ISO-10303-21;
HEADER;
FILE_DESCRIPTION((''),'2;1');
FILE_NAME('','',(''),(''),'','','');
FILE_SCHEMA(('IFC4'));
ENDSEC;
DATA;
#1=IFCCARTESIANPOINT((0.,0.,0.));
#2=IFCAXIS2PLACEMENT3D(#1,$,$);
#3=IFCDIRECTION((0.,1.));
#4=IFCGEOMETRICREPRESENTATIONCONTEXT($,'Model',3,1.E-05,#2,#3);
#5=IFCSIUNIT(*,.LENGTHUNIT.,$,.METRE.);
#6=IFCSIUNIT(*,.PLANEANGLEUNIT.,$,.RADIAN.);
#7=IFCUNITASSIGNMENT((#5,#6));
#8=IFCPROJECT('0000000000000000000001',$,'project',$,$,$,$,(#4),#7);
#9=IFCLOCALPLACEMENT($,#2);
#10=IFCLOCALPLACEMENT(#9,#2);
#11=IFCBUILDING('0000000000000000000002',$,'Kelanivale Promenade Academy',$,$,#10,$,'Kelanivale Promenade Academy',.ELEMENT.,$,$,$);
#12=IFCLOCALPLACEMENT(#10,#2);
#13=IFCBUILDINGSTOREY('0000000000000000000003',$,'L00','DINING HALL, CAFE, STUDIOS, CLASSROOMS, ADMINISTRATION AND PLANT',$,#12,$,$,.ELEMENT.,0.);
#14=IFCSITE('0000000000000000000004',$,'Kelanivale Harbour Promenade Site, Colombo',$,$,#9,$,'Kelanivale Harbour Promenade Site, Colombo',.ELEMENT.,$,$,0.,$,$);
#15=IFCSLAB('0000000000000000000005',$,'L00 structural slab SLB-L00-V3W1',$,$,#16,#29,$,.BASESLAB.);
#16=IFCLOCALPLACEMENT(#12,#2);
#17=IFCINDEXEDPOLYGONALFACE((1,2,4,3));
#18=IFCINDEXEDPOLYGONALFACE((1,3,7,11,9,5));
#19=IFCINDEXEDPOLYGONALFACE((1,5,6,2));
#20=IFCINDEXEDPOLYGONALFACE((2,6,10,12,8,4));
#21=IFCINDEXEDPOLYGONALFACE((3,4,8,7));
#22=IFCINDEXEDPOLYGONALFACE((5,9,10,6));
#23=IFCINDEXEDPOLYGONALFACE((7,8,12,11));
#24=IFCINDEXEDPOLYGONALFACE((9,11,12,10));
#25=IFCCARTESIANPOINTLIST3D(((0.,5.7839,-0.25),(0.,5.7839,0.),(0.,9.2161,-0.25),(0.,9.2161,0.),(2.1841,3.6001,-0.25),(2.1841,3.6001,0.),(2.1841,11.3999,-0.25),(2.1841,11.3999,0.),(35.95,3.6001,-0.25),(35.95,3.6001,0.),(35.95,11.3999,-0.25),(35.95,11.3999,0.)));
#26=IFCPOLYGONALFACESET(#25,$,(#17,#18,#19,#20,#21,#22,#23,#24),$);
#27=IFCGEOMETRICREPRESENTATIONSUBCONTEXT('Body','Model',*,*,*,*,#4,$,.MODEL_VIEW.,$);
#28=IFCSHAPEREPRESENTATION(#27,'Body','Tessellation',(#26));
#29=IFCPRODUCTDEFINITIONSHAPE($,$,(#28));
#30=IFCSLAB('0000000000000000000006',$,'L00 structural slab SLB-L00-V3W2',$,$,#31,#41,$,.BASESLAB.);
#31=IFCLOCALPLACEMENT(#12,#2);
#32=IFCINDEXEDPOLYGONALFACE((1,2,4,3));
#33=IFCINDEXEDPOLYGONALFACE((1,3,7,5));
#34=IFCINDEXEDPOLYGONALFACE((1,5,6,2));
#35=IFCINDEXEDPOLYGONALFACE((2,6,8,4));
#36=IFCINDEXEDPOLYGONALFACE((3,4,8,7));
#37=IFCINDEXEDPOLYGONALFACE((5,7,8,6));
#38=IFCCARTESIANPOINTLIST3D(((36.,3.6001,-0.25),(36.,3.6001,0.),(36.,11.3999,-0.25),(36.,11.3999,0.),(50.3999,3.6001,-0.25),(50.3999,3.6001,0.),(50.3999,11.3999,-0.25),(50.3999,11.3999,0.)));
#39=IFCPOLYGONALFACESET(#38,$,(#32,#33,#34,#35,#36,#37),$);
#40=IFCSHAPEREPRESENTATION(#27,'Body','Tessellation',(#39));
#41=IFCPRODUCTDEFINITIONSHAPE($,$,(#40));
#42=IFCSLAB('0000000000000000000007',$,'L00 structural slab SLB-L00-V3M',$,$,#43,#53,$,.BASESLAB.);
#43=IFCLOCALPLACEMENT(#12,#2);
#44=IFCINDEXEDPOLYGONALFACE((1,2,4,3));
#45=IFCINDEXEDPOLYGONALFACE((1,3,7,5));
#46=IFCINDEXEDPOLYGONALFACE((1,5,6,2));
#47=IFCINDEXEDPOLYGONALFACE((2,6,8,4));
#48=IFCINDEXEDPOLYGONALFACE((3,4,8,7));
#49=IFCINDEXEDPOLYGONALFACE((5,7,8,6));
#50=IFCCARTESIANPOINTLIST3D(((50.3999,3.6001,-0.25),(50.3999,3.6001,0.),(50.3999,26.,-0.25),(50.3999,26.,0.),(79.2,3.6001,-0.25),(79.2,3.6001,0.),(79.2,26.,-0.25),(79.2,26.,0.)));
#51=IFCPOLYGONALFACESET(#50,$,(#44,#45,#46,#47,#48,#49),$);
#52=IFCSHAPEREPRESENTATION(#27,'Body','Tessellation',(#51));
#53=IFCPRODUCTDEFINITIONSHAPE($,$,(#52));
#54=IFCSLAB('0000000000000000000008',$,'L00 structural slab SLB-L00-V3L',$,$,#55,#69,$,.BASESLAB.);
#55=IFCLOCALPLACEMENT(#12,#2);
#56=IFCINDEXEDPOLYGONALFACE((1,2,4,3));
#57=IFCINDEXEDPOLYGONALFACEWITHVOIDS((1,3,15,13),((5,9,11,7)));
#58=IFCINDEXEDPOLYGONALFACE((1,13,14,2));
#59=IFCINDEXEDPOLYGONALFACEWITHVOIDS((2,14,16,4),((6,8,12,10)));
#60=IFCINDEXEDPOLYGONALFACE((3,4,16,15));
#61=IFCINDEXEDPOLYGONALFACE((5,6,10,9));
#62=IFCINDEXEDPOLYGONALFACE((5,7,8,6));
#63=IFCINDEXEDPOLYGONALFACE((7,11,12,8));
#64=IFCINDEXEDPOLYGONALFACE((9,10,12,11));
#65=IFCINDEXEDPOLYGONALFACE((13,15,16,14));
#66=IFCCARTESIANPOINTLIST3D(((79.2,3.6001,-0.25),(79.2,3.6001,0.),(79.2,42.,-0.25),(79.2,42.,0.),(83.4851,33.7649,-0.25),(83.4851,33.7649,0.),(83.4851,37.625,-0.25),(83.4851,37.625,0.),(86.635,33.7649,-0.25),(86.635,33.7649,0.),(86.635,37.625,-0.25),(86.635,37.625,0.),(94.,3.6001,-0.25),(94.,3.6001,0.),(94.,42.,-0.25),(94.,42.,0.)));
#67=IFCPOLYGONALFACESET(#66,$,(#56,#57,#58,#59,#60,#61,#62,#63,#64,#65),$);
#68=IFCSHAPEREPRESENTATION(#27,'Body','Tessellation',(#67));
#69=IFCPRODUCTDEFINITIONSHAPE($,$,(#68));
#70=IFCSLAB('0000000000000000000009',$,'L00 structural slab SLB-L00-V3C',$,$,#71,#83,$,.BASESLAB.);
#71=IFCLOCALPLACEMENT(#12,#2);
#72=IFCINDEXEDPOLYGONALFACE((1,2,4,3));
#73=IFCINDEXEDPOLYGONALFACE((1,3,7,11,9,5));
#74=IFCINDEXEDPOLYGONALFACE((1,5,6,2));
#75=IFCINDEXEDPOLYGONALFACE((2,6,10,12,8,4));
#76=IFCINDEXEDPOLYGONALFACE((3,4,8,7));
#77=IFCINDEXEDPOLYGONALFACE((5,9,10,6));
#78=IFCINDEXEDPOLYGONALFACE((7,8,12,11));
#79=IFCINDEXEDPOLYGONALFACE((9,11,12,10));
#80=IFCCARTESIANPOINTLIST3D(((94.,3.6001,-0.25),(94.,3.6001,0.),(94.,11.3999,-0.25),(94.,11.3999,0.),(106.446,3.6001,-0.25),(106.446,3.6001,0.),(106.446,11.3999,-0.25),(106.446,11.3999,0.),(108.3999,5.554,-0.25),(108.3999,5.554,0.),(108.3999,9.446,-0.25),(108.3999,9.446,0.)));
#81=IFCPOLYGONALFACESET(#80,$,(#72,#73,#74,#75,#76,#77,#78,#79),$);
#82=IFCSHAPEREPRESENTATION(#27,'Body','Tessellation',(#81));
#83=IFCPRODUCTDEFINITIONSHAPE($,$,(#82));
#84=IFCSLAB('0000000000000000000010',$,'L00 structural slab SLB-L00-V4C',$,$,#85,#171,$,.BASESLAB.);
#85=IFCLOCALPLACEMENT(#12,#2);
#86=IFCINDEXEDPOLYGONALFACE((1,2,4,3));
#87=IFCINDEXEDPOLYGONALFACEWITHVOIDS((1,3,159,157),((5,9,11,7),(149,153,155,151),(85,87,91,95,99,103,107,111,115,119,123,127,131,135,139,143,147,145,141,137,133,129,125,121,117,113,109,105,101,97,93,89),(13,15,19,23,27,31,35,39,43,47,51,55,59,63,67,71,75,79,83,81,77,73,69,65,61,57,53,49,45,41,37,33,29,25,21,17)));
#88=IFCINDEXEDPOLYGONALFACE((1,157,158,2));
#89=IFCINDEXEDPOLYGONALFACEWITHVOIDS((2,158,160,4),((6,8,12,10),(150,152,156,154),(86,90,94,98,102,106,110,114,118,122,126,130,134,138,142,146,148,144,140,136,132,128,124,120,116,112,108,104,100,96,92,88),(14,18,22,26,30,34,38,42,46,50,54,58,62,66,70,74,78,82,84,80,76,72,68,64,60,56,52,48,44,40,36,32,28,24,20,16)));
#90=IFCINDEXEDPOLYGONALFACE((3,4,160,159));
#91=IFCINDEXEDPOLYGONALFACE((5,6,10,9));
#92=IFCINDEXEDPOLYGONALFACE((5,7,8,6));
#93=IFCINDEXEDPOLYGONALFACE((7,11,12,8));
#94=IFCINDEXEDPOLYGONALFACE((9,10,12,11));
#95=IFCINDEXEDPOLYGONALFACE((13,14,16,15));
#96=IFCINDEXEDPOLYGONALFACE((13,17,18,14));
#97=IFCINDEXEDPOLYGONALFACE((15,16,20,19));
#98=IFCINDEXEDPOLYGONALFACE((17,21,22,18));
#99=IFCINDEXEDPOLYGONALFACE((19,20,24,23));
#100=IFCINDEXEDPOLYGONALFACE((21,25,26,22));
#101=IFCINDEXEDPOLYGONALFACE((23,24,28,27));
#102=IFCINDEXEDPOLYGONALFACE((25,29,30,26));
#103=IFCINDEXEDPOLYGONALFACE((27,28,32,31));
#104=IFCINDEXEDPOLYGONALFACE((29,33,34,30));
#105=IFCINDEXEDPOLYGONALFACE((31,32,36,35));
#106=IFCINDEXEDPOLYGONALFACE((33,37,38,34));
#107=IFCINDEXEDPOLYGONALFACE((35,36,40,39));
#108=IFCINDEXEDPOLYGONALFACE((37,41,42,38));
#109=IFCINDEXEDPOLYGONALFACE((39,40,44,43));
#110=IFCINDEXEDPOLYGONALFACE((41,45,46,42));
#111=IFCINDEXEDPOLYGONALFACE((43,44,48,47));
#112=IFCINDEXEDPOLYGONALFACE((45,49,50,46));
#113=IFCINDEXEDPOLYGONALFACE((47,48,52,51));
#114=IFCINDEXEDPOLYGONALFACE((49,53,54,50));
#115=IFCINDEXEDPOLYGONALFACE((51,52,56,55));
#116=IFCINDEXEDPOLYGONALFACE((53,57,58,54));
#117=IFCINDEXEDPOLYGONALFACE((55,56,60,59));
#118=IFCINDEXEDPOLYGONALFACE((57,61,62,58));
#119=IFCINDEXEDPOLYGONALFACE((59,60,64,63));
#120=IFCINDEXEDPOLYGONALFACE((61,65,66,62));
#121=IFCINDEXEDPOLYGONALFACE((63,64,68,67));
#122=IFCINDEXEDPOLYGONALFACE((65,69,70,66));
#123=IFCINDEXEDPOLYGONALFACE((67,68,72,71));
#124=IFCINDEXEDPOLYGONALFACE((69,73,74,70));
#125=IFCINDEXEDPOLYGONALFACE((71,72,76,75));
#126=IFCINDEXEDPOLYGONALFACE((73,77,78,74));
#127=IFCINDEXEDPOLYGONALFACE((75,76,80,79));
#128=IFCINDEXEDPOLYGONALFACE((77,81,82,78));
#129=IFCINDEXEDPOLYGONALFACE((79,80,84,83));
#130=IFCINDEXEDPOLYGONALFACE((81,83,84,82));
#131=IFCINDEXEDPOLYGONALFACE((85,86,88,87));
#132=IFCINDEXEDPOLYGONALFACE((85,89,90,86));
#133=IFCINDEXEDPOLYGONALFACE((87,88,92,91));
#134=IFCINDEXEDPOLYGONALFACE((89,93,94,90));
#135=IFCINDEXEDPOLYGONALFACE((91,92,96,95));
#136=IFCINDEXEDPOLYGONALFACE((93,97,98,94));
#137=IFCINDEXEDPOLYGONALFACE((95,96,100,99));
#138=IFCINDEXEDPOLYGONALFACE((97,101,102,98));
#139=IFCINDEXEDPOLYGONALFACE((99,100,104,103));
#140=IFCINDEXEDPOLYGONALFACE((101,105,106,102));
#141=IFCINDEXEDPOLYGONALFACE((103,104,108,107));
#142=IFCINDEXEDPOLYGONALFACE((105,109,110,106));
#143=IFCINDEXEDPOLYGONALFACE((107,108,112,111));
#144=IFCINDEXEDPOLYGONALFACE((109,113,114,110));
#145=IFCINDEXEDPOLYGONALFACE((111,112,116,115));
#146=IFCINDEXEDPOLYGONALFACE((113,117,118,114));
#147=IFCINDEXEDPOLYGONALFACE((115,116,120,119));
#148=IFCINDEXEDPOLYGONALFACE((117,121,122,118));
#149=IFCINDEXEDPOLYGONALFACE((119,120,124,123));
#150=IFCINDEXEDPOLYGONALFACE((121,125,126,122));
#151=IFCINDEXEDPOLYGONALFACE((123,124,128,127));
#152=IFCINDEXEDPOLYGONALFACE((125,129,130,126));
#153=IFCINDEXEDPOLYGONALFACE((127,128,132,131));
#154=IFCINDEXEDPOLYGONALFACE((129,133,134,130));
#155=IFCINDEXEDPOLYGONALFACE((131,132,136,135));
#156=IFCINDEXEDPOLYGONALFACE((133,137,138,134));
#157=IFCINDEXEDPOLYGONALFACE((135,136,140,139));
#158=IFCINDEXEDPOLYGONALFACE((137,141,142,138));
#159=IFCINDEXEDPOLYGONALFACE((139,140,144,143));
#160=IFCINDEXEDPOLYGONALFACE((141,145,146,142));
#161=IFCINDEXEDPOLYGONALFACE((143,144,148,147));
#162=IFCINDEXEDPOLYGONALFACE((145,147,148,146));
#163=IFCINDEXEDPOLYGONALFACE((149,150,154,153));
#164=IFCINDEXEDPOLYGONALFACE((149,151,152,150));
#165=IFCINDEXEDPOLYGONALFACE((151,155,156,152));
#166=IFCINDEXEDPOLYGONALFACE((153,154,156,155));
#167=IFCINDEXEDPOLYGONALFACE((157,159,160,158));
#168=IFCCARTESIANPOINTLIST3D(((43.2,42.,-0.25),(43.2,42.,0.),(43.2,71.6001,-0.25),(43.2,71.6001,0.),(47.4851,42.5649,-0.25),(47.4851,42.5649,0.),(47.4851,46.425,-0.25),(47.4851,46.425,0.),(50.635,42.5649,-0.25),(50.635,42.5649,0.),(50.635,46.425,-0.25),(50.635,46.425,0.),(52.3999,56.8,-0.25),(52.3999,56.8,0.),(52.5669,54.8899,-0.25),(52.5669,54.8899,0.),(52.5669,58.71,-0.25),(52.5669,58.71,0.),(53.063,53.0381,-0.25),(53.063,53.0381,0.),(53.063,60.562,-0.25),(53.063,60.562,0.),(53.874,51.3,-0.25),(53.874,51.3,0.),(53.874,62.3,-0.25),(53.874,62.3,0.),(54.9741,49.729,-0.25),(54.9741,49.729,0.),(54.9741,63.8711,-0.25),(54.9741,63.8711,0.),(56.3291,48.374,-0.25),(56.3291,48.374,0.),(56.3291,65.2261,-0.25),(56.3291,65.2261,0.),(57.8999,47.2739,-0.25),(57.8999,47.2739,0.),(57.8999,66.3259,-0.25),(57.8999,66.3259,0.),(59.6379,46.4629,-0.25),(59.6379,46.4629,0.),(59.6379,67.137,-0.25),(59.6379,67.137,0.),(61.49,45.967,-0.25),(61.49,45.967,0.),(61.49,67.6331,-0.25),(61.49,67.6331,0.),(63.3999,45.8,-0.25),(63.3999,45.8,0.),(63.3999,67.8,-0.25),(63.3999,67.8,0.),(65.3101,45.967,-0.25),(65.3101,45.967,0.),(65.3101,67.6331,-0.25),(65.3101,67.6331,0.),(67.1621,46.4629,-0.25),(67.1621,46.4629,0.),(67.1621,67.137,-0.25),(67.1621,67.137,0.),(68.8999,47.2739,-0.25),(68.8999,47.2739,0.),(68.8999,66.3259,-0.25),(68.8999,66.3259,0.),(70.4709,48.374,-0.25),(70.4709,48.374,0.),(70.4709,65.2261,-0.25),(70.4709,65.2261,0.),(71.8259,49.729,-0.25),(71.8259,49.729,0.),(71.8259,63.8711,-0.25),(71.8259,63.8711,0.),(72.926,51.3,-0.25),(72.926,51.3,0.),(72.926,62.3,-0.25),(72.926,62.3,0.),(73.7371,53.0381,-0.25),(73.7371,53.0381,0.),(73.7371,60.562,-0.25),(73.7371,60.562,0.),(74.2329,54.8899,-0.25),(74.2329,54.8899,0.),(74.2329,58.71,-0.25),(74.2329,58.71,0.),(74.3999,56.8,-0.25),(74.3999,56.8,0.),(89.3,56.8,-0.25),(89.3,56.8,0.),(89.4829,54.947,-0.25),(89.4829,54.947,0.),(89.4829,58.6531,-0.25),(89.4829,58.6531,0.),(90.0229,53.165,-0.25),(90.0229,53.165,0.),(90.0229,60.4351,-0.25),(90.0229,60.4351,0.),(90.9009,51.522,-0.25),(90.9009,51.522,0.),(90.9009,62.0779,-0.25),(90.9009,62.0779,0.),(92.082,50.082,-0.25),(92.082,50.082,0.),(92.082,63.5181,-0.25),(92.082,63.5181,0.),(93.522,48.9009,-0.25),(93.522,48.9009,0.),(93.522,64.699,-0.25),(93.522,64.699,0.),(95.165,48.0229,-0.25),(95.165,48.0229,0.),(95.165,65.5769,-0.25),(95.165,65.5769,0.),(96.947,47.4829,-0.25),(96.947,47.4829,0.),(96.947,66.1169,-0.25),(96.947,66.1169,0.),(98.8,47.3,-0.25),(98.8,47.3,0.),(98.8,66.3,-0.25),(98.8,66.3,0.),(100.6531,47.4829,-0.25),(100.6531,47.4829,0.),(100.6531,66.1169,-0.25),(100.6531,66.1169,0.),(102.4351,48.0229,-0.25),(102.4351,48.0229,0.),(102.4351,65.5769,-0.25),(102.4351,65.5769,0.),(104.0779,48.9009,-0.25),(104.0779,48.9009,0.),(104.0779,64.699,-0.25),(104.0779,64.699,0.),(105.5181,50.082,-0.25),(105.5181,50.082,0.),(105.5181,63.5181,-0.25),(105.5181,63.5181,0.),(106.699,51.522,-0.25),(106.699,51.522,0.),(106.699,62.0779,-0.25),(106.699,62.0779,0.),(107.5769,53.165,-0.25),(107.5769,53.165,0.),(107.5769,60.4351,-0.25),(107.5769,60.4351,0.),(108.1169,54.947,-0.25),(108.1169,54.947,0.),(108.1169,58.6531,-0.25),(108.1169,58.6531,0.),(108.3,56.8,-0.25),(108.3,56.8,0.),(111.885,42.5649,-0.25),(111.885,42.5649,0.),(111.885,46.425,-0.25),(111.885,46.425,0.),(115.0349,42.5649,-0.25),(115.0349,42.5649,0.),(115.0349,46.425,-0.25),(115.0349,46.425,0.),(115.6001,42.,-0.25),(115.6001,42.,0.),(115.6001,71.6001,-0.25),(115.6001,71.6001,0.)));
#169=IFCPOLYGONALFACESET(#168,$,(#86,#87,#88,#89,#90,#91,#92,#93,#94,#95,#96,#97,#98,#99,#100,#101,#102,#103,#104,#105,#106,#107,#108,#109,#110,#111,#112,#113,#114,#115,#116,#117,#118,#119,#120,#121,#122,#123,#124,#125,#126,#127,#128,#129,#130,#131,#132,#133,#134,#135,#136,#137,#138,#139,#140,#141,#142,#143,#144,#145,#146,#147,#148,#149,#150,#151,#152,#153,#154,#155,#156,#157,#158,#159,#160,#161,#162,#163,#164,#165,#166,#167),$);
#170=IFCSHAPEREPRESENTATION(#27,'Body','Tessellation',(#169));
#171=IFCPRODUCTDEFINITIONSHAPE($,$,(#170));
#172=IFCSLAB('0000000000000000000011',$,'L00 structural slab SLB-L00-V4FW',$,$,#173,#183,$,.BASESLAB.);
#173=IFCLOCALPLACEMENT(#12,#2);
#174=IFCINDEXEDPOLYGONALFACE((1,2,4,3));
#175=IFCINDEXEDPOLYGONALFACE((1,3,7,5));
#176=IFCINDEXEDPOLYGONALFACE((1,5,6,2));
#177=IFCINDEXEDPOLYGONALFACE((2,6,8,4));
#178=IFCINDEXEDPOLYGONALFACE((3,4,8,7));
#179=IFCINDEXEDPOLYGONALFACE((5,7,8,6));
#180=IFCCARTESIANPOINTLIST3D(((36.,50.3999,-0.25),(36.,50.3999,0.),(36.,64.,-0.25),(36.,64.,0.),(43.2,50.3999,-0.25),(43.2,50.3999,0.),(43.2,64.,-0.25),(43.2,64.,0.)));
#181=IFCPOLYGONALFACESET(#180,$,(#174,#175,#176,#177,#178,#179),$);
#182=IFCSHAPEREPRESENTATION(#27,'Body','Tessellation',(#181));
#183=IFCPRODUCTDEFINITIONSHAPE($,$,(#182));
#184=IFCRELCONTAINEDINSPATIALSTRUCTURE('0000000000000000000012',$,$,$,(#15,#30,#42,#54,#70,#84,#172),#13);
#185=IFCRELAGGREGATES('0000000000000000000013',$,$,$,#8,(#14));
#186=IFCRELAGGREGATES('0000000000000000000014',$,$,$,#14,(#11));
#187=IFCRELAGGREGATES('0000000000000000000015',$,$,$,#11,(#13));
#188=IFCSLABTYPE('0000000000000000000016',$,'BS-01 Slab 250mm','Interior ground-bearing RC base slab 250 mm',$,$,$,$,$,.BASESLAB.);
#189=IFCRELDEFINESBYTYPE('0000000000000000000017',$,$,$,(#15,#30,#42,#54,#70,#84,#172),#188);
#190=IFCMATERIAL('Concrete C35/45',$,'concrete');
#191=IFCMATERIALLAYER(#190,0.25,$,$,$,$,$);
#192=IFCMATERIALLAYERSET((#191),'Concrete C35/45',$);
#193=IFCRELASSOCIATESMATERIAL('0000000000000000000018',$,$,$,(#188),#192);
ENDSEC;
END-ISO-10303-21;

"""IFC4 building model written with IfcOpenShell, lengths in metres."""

from ifc_helpers import new_model, si_unit, direction, frame, origin, place, context, subcontext, project, spatial, polyline, outline, extrude, material, layer, layer_set, type_object, element, save


model = new_model("IFC4")

# Units and contexts
model_context = context("Model", 3, precision=1e-05, world=origin(), true_north=direction((0.0, 1.0)))
body_context = subcontext(model_context, "Body", "Model", "MODEL_VIEW")
ifc_project = project(units=[si_unit("LENGTHUNIT", "METRE"), si_unit("PLANEANGLEUNIT", "RADIAN")], contexts=[model_context])

# Site, building, storey
site_placement = place(None, origin())
site = spatial("IfcSite", under=ifc_project, at=site_placement, Name="Kelanivale Harbour Promenade Site, Colombo", LongName="Kelanivale Harbour Promenade Site, Colombo", CompositionType="ELEMENT", RefElevation=0.0)
building_placement = place(site_placement, origin())
building = spatial("IfcBuilding", under=site, at=building_placement, Name="Kelanivale Promenade Academy", LongName="Kelanivale Promenade Academy", CompositionType="ELEMENT")
storey_placement = place(building_placement, origin())
storey = spatial("IfcBuildingStorey", under=building, at=storey_placement, Name="L00", Description="DINING HALL, CAFE, STUDIOS, CLASSROOMS, ADMINISTRATION AND PLANT", CompositionType="ELEMENT", Elevation=0.0)

# Slabs
ifc_material = material(Name="Concrete C35/45", Category="concrete")
ifc_layer_1 = layer(ifc_material, 0.25)
ifc_layer_set_1 = layer_set([ifc_layer_1], Name="Concrete C35/45")
slab_type_1 = type_object("IfcSlabType", Name="BS-01 Slab 250mm", Description="Interior ground-bearing RC base slab 250 mm", PredefinedType="BASESLAB", material=ifc_layer_set_1)
slab_1_placement = place(storey_placement, frame((0.0, 0.0, -0.25)))
element("IfcSlab", 1, at=slab_1_placement, inside=storey, type_object=slab_type_1, Name="L00 structural slab SLB-L00-V3W1", PredefinedType="BASESLAB", context=body_context, shape_type="SweptSolid", body=[
    extrude(outline(polyline([(2.1841, 3.6001), (35.95, 3.6001), (35.95, 11.3999), (2.1841, 11.3999), (0.0, 9.2161), (0.0, 5.7839), (2.1841, 3.6001)])), origin(), (0.0, 0.0, 1.0), 0.25),
])
slab_2_placement = place(storey_placement, frame((0.0, 0.0, -0.25)))
element("IfcSlab", 2, at=slab_2_placement, inside=storey, type_object=slab_type_1, Name="L00 structural slab SLB-L00-V3W2", PredefinedType="BASESLAB", context=body_context, shape_type="SweptSolid", body=[
    extrude(outline(polyline([(36.0, 11.3999), (36.0, 3.6001), (50.3999, 3.6001), (50.3999, 11.3999), (36.0, 11.3999)])), origin(), (0.0, 0.0, 1.0), 0.25),
])
slab_3_placement = place(storey_placement, frame((0.0, 0.0, -0.25)))
element("IfcSlab", 3, at=slab_3_placement, inside=storey, type_object=slab_type_1, Name="L00 structural slab SLB-L00-V3M", PredefinedType="BASESLAB", context=body_context, shape_type="SweptSolid", body=[
    extrude(outline(polyline([(50.3999, 26.0), (50.3999, 3.6001), (79.2, 3.6001), (79.2, 26.0), (50.3999, 26.0)])), origin(), (0.0, 0.0, 1.0), 0.25),
])
slab_4_placement = place(storey_placement, frame((0.0, 0.0, -0.25)))
element("IfcSlab", 4, at=slab_4_placement, inside=storey, type_object=slab_type_1, Name="L00 structural slab SLB-L00-V3L", PredefinedType="BASESLAB", context=body_context, shape_type="SweptSolid", body=[
    extrude(outline(polyline([(79.2, 42.0), (79.2, 3.6001), (94.0, 3.6001), (94.0, 42.0), (79.2, 42.0)]), holes=[polyline([(83.4851, 33.7649), (83.4851, 37.625), (86.635, 37.625), (86.635, 33.7649), (83.4851, 33.7649)])]), origin(), (0.0, 0.0, 1.0), 0.25),
])
slab_5_placement = place(storey_placement, frame((0.0, 0.0, -0.25)))
element("IfcSlab", 5, at=slab_5_placement, inside=storey, type_object=slab_type_1, Name="L00 structural slab SLB-L00-V3C", PredefinedType="BASESLAB", context=body_context, shape_type="SweptSolid", body=[
    extrude(outline(polyline([(106.446, 3.6001), (108.3999, 5.554), (108.3999, 9.446), (106.446, 11.3999), (94.0, 11.3999), (94.0, 3.6001), (106.446, 3.6001)])), origin(), (0.0, 0.0, 1.0), 0.25),
])
slab_6_placement = place(storey_placement, frame((0.0, 0.0, -0.25)))
element("IfcSlab", 6, at=slab_6_placement, inside=storey, type_object=slab_type_1, Name="L00 structural slab SLB-L00-V4C", PredefinedType="BASESLAB", context=body_context, shape_type="SweptSolid", body=[
    extrude(outline(polyline([(43.2, 71.6001), (43.2, 42.0), (115.6001, 42.0), (115.6001, 71.6001), (43.2, 71.6001)]), holes=[polyline([(115.0349, 46.425), (115.0349, 42.5649), (111.885, 42.5649), (111.885, 46.425), (115.0349, 46.425)]), polyline([(105.5181, 63.5181), (106.699, 62.0779), (107.5769, 60.4351), (108.1169, 58.6531), (108.3, 56.8), (108.1169, 54.947), (107.5769, 53.165), (106.699, 51.522), (105.5181, 50.082), (104.0779, 48.9009), (102.4351, 48.0229), (100.6531, 47.4829), (98.8, 47.3), (96.947, 47.4829), (95.165, 48.0229), (93.522, 48.9009), (92.082, 50.082), (90.9009, 51.522), (90.0229, 53.165), (89.4829, 54.947), (89.3, 56.8), (89.4829, 58.6531), (90.0229, 60.4351), (90.9009, 62.0779), (92.082, 63.5181), (93.522, 64.699), (95.165, 65.5769), (96.947, 66.1169), (98.8, 66.3), (100.6531, 66.1169), (102.4351, 65.5769), (104.0779, 64.699), (105.5181, 63.5181)]), polyline([(71.8259, 63.8711), (72.926, 62.3), (73.7371, 60.562), (74.2329, 58.71), (74.3999, 56.8), (74.2329, 54.8899), (73.7371, 53.0381), (72.926, 51.3), (71.8259, 49.729), (70.4709, 48.374), (68.8999, 47.2739), (67.1621, 46.4629), (65.3101, 45.967), (63.3999, 45.8), (61.49, 45.967), (59.6379, 46.4629), (57.8999, 47.2739), (56.3291, 48.374), (54.9741, 49.729), (53.874, 51.3), (53.063, 53.0381), (52.5669, 54.8899), (52.3999, 56.8), (52.5669, 58.71), (53.063, 60.562), (53.874, 62.3), (54.9741, 63.8711), (56.3291, 65.2261), (57.8999, 66.3259), (59.6379, 67.137), (61.49, 67.6331), (63.3999, 67.8), (65.3101, 67.6331), (67.1621, 67.137), (68.8999, 66.3259), (70.4709, 65.2261), (71.8259, 63.8711)]), polyline([(47.4851, 46.425), (50.635, 46.425), (50.635, 42.5649), (47.4851, 42.5649), (47.4851, 46.425)])]), origin(), (0.0, 0.0, 1.0), 0.25),
])
slab_7_placement = place(storey_placement, frame((0.0, 0.0, -0.25)))
element("IfcSlab", 7, at=slab_7_placement, inside=storey, type_object=slab_type_1, Name="L00 structural slab SLB-L00-V4FW", PredefinedType="BASESLAB", context=body_context, shape_type="SweptSolid", body=[
    extrude(outline(polyline([(36.0, 64.0), (36.0, 50.3999), (43.2, 50.3999), (43.2, 64.0), (36.0, 64.0)])), origin(), (0.0, 0.0, 1.0), 0.25),
])

save(model, "model.ifc")
